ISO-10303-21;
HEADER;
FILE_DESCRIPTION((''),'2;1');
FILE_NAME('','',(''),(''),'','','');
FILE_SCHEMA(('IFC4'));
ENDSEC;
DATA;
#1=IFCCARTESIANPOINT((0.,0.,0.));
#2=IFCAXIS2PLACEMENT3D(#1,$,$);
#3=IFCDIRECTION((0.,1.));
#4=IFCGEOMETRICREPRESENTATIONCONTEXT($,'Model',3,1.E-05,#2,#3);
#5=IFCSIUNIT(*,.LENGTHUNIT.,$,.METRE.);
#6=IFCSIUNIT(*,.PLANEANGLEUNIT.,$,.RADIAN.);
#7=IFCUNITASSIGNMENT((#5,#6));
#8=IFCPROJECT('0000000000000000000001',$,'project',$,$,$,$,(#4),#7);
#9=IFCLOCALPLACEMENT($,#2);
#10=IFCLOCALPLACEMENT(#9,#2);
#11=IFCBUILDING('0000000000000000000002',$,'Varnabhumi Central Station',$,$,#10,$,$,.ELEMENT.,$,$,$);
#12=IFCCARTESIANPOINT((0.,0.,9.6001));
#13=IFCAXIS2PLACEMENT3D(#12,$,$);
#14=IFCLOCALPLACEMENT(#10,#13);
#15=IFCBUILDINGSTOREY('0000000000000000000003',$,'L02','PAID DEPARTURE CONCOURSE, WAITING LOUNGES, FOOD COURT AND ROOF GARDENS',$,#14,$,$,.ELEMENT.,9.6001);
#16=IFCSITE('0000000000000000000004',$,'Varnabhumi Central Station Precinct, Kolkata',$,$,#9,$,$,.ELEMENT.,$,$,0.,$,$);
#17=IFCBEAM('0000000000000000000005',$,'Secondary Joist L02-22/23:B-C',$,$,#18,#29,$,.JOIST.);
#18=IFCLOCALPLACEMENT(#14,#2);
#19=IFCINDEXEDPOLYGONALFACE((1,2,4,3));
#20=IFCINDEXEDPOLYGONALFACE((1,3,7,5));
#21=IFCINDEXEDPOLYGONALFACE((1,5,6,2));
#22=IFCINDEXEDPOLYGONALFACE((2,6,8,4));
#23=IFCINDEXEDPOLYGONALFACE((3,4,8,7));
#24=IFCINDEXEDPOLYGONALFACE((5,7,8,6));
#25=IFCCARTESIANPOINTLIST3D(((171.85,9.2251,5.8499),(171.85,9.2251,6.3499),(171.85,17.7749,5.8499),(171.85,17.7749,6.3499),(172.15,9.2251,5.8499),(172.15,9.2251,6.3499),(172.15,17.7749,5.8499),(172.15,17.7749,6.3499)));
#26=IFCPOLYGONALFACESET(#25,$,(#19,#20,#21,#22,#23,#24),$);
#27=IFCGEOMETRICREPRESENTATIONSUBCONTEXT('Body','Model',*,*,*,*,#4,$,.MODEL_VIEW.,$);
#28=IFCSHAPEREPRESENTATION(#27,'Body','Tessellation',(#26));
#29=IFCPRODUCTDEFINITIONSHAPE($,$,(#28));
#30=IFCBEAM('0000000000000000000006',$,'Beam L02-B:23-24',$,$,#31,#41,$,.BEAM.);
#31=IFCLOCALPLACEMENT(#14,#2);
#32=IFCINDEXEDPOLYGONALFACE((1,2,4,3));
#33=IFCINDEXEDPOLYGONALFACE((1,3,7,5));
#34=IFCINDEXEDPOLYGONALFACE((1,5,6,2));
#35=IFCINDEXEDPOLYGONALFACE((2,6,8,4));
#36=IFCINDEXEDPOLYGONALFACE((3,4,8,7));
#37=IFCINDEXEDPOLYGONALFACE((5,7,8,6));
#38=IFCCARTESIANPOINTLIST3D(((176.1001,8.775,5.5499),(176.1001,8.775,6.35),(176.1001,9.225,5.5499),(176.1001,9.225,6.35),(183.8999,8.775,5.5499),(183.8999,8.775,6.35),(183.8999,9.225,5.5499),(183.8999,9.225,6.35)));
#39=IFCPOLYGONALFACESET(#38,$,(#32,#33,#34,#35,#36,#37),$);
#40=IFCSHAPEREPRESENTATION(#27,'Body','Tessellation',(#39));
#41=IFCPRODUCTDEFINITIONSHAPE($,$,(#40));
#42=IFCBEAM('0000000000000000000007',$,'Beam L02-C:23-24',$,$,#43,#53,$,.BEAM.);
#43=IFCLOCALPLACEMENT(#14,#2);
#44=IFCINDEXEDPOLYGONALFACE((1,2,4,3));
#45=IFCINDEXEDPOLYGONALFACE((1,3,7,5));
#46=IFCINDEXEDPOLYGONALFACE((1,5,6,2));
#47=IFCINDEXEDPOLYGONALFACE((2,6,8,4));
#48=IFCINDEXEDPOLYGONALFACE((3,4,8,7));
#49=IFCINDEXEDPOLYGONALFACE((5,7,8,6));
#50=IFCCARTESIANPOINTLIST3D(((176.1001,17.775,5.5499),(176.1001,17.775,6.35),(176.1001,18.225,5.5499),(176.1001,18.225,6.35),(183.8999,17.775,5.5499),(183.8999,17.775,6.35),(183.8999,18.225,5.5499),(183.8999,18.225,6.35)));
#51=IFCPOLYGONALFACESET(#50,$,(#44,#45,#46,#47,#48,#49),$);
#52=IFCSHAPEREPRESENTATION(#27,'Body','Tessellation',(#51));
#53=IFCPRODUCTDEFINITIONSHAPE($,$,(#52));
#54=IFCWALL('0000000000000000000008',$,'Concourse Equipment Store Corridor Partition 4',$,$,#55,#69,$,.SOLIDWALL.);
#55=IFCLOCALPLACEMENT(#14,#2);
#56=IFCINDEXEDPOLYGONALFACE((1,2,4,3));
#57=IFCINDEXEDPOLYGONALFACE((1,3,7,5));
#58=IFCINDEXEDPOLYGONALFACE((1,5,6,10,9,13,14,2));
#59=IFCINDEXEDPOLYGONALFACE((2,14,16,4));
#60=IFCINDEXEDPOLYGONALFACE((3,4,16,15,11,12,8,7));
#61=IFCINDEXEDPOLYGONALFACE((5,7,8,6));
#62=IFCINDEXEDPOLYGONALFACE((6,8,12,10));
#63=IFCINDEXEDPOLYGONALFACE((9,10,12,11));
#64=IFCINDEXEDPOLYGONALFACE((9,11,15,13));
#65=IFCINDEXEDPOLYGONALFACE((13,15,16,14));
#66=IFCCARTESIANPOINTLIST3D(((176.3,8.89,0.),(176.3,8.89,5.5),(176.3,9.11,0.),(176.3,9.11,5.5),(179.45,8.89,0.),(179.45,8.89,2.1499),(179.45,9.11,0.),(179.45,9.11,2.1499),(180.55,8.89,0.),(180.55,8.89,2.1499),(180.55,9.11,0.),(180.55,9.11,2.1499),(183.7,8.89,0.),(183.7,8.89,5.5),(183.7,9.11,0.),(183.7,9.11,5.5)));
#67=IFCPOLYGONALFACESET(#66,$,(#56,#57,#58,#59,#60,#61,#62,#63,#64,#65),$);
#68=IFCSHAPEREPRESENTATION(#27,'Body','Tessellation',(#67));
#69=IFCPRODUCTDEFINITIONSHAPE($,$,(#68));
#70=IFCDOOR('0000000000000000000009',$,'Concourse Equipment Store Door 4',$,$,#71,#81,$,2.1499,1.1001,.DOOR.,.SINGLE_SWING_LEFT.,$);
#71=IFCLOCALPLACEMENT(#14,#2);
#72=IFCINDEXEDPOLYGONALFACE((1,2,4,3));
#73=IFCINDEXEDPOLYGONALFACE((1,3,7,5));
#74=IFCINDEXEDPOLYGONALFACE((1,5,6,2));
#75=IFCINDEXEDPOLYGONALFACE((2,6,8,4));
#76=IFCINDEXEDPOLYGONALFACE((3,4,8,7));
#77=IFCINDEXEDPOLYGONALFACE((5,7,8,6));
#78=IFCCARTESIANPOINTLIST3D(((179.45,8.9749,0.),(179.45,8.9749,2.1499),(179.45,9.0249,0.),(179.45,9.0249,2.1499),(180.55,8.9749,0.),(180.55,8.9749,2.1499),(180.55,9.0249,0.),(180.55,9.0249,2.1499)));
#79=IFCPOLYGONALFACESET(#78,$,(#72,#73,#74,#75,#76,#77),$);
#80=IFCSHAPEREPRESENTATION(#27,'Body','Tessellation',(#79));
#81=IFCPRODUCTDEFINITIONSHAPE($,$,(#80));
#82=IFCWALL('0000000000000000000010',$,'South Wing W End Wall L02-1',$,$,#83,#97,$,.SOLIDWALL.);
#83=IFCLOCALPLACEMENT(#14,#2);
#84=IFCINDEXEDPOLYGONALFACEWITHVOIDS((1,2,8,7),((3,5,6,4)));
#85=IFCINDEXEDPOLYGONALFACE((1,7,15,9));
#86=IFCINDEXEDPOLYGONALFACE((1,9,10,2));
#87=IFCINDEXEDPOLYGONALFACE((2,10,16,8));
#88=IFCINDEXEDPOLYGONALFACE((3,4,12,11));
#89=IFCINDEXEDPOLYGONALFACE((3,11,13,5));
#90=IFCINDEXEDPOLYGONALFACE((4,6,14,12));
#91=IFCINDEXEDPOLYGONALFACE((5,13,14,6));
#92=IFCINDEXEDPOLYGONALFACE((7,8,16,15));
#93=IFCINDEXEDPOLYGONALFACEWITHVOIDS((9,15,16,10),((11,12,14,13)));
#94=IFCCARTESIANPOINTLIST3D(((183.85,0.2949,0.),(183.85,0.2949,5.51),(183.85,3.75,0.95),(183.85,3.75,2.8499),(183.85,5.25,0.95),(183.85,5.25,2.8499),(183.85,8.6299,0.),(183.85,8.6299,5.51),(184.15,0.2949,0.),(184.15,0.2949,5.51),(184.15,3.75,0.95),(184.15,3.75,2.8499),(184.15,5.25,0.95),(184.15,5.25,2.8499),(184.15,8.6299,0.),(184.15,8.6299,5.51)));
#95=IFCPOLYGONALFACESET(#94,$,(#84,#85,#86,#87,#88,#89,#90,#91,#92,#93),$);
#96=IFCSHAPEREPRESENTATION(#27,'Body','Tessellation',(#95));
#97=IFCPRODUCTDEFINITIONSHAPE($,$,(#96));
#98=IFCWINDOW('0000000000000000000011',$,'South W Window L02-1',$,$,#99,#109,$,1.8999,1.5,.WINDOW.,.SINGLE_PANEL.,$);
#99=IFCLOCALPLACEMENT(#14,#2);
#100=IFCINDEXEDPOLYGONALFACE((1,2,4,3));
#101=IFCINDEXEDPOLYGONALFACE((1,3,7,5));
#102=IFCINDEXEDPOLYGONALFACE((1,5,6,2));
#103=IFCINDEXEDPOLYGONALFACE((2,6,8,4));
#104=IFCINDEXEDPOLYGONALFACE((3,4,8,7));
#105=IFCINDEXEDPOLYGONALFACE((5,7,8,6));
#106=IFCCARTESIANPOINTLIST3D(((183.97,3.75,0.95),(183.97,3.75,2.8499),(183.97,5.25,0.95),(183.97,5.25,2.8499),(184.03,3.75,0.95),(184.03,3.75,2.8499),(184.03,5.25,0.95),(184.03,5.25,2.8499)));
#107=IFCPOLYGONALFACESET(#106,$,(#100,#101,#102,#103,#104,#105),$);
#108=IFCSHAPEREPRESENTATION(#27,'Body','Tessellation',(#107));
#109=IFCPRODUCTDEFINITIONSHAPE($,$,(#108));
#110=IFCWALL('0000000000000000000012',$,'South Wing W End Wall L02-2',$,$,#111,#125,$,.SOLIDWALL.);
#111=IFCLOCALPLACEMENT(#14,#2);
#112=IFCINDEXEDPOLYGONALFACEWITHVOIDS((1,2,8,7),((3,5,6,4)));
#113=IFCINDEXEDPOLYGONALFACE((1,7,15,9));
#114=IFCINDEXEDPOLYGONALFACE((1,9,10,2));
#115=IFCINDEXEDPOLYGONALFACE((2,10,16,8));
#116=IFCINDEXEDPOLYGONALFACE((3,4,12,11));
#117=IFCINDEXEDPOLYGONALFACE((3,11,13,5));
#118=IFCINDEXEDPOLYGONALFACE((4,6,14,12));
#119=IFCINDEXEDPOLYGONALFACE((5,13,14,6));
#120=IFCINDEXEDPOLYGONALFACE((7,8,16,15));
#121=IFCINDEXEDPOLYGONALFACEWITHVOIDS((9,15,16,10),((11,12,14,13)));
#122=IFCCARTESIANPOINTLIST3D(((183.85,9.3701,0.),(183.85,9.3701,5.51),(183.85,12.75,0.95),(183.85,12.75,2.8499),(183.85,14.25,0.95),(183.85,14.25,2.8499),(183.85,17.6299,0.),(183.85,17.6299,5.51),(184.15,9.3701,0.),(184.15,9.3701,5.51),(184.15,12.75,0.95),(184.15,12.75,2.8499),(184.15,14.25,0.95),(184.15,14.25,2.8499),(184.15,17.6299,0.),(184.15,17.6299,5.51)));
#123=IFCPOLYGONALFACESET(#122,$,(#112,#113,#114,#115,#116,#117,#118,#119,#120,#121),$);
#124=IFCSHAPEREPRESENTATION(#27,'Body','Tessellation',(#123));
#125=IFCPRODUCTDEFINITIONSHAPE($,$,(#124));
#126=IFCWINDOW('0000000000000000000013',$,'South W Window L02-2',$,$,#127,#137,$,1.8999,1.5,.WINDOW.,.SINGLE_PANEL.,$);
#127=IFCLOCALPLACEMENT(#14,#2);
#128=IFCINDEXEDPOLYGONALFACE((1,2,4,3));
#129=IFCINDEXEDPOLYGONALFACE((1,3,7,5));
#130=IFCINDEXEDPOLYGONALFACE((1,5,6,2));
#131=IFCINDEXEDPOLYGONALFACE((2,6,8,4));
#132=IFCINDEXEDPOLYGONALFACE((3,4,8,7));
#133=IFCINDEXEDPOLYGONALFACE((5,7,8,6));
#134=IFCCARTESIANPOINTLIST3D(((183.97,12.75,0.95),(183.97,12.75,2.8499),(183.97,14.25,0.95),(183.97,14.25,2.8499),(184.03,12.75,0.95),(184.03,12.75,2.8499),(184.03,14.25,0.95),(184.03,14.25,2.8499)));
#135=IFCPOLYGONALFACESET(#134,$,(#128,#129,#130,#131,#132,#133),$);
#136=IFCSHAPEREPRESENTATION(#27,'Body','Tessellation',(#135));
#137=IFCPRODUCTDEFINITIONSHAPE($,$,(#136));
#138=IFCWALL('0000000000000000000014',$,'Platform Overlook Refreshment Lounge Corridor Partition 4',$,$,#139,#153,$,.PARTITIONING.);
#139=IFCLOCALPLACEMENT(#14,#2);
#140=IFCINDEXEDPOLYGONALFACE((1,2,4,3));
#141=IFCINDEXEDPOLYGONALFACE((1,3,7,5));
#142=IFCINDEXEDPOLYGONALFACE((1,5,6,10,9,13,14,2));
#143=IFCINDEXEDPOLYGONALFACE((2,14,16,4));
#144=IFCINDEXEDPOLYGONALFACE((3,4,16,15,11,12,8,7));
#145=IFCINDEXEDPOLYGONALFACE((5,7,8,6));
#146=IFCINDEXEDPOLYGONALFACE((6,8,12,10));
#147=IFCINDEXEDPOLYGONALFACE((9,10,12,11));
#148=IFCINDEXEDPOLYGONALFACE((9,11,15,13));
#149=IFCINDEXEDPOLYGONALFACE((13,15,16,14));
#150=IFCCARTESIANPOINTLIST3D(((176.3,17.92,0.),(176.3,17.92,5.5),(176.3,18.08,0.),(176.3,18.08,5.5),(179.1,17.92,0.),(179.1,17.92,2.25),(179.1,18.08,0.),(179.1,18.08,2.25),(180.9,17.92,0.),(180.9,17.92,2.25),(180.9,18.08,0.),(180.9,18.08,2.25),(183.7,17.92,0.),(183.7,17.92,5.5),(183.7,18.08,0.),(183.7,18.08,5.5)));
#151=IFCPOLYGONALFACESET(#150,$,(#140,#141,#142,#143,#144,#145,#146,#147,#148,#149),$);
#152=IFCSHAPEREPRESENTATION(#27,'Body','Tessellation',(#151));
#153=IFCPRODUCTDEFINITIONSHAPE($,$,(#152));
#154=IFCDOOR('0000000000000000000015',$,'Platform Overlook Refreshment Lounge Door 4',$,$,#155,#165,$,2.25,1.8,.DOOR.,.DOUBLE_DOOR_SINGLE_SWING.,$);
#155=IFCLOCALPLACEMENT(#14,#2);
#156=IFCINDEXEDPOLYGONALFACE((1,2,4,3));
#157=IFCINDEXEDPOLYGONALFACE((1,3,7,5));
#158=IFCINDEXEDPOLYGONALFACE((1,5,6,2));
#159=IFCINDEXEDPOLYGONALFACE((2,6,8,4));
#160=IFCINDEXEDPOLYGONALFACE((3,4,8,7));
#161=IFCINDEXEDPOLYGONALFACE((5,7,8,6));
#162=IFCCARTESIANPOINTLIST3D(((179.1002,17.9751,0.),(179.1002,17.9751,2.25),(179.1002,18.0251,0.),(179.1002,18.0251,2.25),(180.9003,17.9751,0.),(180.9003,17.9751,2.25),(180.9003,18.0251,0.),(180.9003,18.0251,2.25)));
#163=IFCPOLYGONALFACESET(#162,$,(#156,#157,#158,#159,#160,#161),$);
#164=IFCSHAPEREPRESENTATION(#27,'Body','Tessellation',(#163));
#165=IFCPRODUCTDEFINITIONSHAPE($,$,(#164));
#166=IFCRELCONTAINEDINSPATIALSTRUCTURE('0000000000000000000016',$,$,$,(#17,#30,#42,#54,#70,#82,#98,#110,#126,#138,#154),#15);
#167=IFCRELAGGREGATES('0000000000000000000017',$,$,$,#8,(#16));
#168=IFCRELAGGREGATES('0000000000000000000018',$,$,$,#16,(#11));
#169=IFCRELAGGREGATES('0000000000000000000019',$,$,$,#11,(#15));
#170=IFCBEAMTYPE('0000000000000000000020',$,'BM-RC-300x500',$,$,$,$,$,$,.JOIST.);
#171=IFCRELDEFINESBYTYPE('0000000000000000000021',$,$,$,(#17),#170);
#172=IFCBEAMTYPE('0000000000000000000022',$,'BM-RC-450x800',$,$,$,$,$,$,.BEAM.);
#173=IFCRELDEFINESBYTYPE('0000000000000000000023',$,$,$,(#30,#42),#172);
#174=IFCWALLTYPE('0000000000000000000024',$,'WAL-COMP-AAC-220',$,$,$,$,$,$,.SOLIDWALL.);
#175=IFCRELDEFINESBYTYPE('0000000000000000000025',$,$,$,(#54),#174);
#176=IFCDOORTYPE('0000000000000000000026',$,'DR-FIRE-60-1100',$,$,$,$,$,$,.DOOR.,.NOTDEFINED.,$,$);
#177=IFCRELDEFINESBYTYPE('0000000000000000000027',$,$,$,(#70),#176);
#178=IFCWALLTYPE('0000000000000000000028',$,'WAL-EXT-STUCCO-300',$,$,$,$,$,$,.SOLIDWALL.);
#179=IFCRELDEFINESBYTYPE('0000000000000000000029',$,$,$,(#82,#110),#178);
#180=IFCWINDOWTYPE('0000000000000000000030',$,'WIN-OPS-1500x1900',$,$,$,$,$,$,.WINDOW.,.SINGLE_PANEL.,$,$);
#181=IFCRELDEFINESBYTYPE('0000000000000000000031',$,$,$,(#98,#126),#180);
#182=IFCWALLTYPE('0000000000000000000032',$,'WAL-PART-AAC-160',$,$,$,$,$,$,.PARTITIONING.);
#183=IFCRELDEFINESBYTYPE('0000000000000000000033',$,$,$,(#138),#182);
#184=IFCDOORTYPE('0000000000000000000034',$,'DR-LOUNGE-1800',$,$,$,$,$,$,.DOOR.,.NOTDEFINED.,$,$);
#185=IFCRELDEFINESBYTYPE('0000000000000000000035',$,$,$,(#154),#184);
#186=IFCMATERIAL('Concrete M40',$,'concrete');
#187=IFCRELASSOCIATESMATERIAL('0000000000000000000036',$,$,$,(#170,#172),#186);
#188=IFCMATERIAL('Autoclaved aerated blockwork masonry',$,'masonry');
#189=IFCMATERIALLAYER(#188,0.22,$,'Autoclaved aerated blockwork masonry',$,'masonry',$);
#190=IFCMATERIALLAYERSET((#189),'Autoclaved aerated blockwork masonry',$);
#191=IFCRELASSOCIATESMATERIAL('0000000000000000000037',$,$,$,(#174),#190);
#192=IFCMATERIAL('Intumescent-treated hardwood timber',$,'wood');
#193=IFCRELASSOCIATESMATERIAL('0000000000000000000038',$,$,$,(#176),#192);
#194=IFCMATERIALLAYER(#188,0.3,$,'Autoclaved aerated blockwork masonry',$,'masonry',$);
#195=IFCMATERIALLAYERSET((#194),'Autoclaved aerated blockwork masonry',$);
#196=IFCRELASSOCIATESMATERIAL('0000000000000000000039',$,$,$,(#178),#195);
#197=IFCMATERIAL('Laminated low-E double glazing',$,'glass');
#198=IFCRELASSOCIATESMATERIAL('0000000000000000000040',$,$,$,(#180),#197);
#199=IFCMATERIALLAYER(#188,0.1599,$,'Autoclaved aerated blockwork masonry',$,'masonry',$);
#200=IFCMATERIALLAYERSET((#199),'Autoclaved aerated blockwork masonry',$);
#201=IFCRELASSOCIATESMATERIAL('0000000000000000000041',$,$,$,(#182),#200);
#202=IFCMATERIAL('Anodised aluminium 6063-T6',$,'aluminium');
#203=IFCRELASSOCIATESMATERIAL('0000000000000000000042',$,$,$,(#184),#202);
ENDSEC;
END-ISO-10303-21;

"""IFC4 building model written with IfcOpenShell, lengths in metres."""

from ifc_helpers import new_model, si_unit, direction, frame, frame_2d, origin, origin_2d, place, context, subcontext, project, spatial, rectangle, extrude, material, layer, layer_set, material_profile, profile_set, type_object, element, fill, save


model = new_model("IFC4")

# Units and contexts
model_context = context("Model", 3, precision=1e-05, world=origin(), true_north=direction((0.0, 1.0)))
body_context = subcontext(model_context, "Body", "Model", "MODEL_VIEW")
ifc_project = project(units=[si_unit("LENGTHUNIT", "METRE"), si_unit("PLANEANGLEUNIT", "RADIAN")], contexts=[model_context])

# Site, building, storey
site_placement = place(None, origin())
site = spatial("IfcSite", under=ifc_project, at=site_placement, Name="Varnabhumi Central Station Precinct, Kolkata", CompositionType="ELEMENT", RefElevation=0.0)
building_placement = place(site_placement, origin())
building = spatial("IfcBuilding", under=site, at=building_placement, Name="Varnabhumi Central Station", CompositionType="ELEMENT")
storey_placement = place(building_placement, frame((0.0, 0.0, 9.6001)))
storey = spatial("IfcBuildingStorey", under=building, at=storey_placement, Name="L02", Description="PAID DEPARTURE CONCOURSE, WAITING LOUNGES, FOOD COURT AND ROOF GARDENS", CompositionType="ELEMENT", Elevation=9.6001)

# Shared definitions
ifc_material_1 = material(Name="Concrete M40", Category="concrete")

# Beams
ifc_material_profile_1 = material_profile(ifc_material_1, rectangle(XDim=0.3, YDim=0.5, at=origin_2d()), Name="Concrete M40", Category="concrete")
ifc_profile_set_1 = profile_set([ifc_material_profile_1], Name="Concrete M40")
beam_type_1 = type_object("IfcBeamType", Name="BM-RC-300x500", PredefinedType="JOIST", material=ifc_profile_set_1)
beam_1_placement = place(storey_placement, frame((172.0, 9.2251, 6.0999), z_axis=(0.0, 1.0, 0.0), x_axis=(-1.0, 0.0, 0.0)))
element("IfcBeam", 1, at=beam_1_placement, inside=storey, type_object=beam_type_1, Name="Secondary Joist L02-22/23:B-C", PredefinedType="JOIST", context=body_context, shape_type="SweptSolid", body=[
    extrude(rectangle(XDim=0.3, YDim=0.5, at=origin_2d()), origin(), (0.0, 0.0, 1.0), 8.5498),
])
ifc_material_profile_2 = material_profile(ifc_material_1, rectangle(XDim=0.45, YDim=0.8, at=origin_2d()), Name="Concrete M40", Category="concrete")
ifc_profile_set_2 = profile_set([ifc_material_profile_2], Name="Concrete M40")
beam_type_2 = type_object("IfcBeamType", Name="BM-RC-450x800", PredefinedType="BEAM", material=ifc_profile_set_2)
for number, where, z_axis, x_axis, name in (
    (2, (176.1001, 9.0, 5.95), (1.0, 0.0, 0.0), (0.0, 1.0, 0.0), "Beam L02-B:23-24"),
    (3, (176.1001, 18.0, 5.95), (1.0, 0.0, 0.0), (0.0, 1.0, 0.0), "Beam L02-C:23-24"),
):
    element("IfcBeam", number, at=place(storey_placement, frame(where, z_axis=z_axis, x_axis=x_axis)), inside=storey, type_object=beam_type_2, Name=name, PredefinedType="BEAM", context=body_context, shape_type="SweptSolid", body=[
        extrude(rectangle(XDim=0.45, YDim=0.8, at=origin_2d()), origin(), (0.0, 0.0, 1.0), 7.7998),
    ])

# Wall, opening, door
ifc_material_2 = material(Name="Autoclaved aerated blockwork masonry", Category="masonry")
ifc_layer_1 = layer(ifc_material_2, 0.22, Name="Autoclaved aerated blockwork masonry", Category="masonry")
ifc_layer_set_1 = layer_set([ifc_layer_1], Name="Autoclaved aerated blockwork masonry")
wall_type_1 = type_object("IfcWallType", Name="WAL-COMP-AAC-220", PredefinedType="SOLIDWALL", material=ifc_layer_set_1)
wall_1_placement = place(storey_placement, frame((176.3, 9.0, 0.0), z_axis=(0.0, 0.0, 1.0), x_axis=(1.0, 0.0, 0.0)))
wall_1 = element("IfcWall", 4, at=wall_1_placement, inside=storey, type_object=wall_type_1, Name="Concourse Equipment Store Corridor Partition 4", PredefinedType="SOLIDWALL", context=body_context, shape_type="SweptSolid", body=[
    extrude(rectangle(XDim=7.3999, YDim=0.22, at=frame_2d((3.7, 0.0))), origin(), (0.0, 0.0, 1.0), 5.5),
])
opening_1_placement = place(wall_1_placement, frame((3.1499, 0.0, 0.0)))
opening_1 = element("IfcOpeningElement", 5, at=opening_1_placement, cuts=wall_1, PredefinedType="OPENING", context=body_context, shape_type="SweptSolid", body=[
    extrude(rectangle(XDim=1.1001, YDim=2.1499, at=frame_2d((0.55, 1.075))), frame((0.0, 0.1199, 0.0), z_axis=(0.0, -1.0, 0.0), x_axis=(1.0, 0.0, 0.0)), (0.0, 0.0, 1.0), 0.24),
])
ifc_material_3 = material(Name="Intumescent-treated hardwood timber", Category="wood")
door_type_1 = type_object("IfcDoorType", Name="DR-FIRE-60-1100", OperationType="NOTDEFINED", PredefinedType="DOOR", material=ifc_material_3)
door_1_placement = place(opening_1_placement, origin())
door_1 = element("IfcDoor", 6, at=door_1_placement, inside=storey, type_object=door_type_1, Name="Concourse Equipment Store Door 4", OperationType="SINGLE_SWING_LEFT", OverallHeight=2.1499, OverallWidth=1.1001, PredefinedType="DOOR", context=body_context, shape_type="SweptSolid", body=[
    extrude(rectangle(XDim=1.1001, YDim=2.1499, at=frame_2d((0.55, 1.075))), frame((0.0, 0.0249, 0.0), z_axis=(0.0, -1.0, 0.0), x_axis=(1.0, 0.0, 0.0)), (0.0, 0.0, 1.0), 0.05),
])
fill(opening_1, door_1)

# Walls, openings, windows
ifc_layer_2 = layer(ifc_material_2, 0.3, Name="Autoclaved aerated blockwork masonry", Category="masonry")
ifc_layer_set_2 = layer_set([ifc_layer_2], Name="Autoclaved aerated blockwork masonry")
wall_type_2 = type_object("IfcWallType", Name="WAL-EXT-STUCCO-300", PredefinedType="SOLIDWALL", material=ifc_layer_set_2)
wall_2_placement = place(storey_placement, frame((184.0, 0.2949, 0.0), z_axis=(0.0, 0.0, 1.0), x_axis=(0.0, 1.0, 0.0)))
wall_2 = element("IfcWall", 7, at=wall_2_placement, inside=storey, type_object=wall_type_2, Name="South Wing W End Wall L02-1", PredefinedType="SOLIDWALL", context=body_context, shape_type="SweptSolid", body=[
    extrude(rectangle(XDim=8.335, YDim=0.3, at=frame_2d((4.1675, 0.0))), origin(), (0.0, 0.0, 1.0), 5.51),
])
opening_2_placement = place(wall_2_placement, frame((3.4551, 0.0, 0.95)))
opening_2 = element("IfcOpeningElement", 8, at=opening_2_placement, cuts=wall_2, PredefinedType="OPENING", context=body_context, shape_type="SweptSolid", body=[
    extrude(rectangle(XDim=1.5, YDim=1.8999, at=frame_2d((0.75, 0.95))), frame((0.0, 0.1599, 0.0), z_axis=(0.0, -1.0, 0.0), x_axis=(1.0, 0.0, 0.0)), (0.0, 0.0, 1.0), 0.3201),
])
ifc_material_4 = material(Name="Laminated low-E double glazing", Category="glass")
window_type = type_object("IfcWindowType", Name="WIN-OPS-1500x1900", PartitioningType="SINGLE_PANEL", PredefinedType="WINDOW", material=ifc_material_4)
window_1_placement = place(opening_2_placement, origin())
window_1 = element("IfcWindow", 9, at=window_1_placement, inside=storey, type_object=window_type, Name="South W Window L02-1", OverallHeight=1.8999, OverallWidth=1.5, PartitioningType="SINGLE_PANEL", PredefinedType="WINDOW", context=body_context, shape_type="SweptSolid", body=[
    extrude(rectangle(XDim=1.5, YDim=1.8999, at=frame_2d((0.75, 0.95))), frame((0.0, 0.03, 0.0), z_axis=(0.0, -1.0, 0.0), x_axis=(1.0, 0.0, 0.0)), (0.0, 0.0, 1.0), 0.0601),
])
fill(opening_2, window_1)
wall_3_placement = place(storey_placement, frame((184.0, 9.3701, 0.0), z_axis=(0.0, 0.0, 1.0), x_axis=(0.0, 1.0, 0.0)))
wall_3 = element("IfcWall", 10, at=wall_3_placement, inside=storey, type_object=wall_type_2, Name="South Wing W End Wall L02-2", PredefinedType="SOLIDWALL", context=body_context, shape_type="SweptSolid", body=[
    extrude(rectangle(XDim=8.2598, YDim=0.3, at=frame_2d((4.1299, 0.0))), origin(), (0.0, 0.0, 1.0), 5.51),
])
opening_3_placement = place(wall_3_placement, frame((3.3799, 0.0, 0.95)))
opening_3 = element("IfcOpeningElement", 11, at=opening_3_placement, cuts=wall_3, PredefinedType="OPENING", context=body_context, shape_type="SweptSolid", body=[
    extrude(rectangle(XDim=1.5, YDim=1.8999, at=frame_2d((0.75, 0.95))), frame((0.0, 0.1599, 0.0), z_axis=(0.0, -1.0, 0.0), x_axis=(1.0, 0.0, 0.0)), (0.0, 0.0, 1.0), 0.3201),
])
window_2_placement = place(opening_3_placement, origin())
window_2 = element("IfcWindow", 12, at=window_2_placement, inside=storey, type_object=window_type, Name="South W Window L02-2", OverallHeight=1.8999, OverallWidth=1.5, PartitioningType="SINGLE_PANEL", PredefinedType="WINDOW", context=body_context, shape_type="SweptSolid", body=[
    extrude(rectangle(XDim=1.5, YDim=1.8999, at=frame_2d((0.75, 0.95))), frame((0.0, 0.03, 0.0), z_axis=(0.0, -1.0, 0.0), x_axis=(1.0, 0.0, 0.0)), (0.0, 0.0, 1.0), 0.0601),
])
fill(opening_3, window_2)

# Wall, opening, door
ifc_layer_3 = layer(ifc_material_2, 0.1599, Name="Autoclaved aerated blockwork masonry", Category="masonry")
ifc_layer_set_3 = layer_set([ifc_layer_3], Name="Autoclaved aerated blockwork masonry")
wall_type_3 = type_object("IfcWallType", Name="WAL-PART-AAC-160", PredefinedType="PARTITIONING", material=ifc_layer_set_3)
wall_4_placement = place(storey_placement, frame((176.3, 18.0, 0.0), z_axis=(0.0, 0.0, 1.0), x_axis=(1.0, 0.0, 0.0)))
wall_4 = element("IfcWall", 13, at=wall_4_placement, inside=storey, type_object=wall_type_3, Name="Platform Overlook Refreshment Lounge Corridor Partition 4", PredefinedType="PARTITIONING", context=body_context, shape_type="SweptSolid", body=[
    extrude(rectangle(XDim=7.3999, YDim=0.1599, at=frame_2d((3.7, 0.0))), origin(), (0.0, 0.0, 1.0), 5.5),
])
opening_4_placement = place(wall_4_placement, frame((2.8, 0.0, 0.0)))
opening_4 = element("IfcOpeningElement", 14, at=opening_4_placement, cuts=wall_4, PredefinedType="OPENING", context=body_context, shape_type="SweptSolid", body=[
    extrude(rectangle(XDim=1.8, YDim=2.25, at=frame_2d((0.8999, 1.125))), frame((0.0, 0.0898, 0.0), z_axis=(0.0, -1.0, 0.0), x_axis=(1.0, 0.0, 0.0)), (0.0, 0.0, 1.0), 0.1799),
])
ifc_material_5 = material(Name="Anodised aluminium 6063-T6", Category="aluminium")
door_type_2 = type_object("IfcDoorType", Name="DR-LOUNGE-1800", OperationType="NOTDEFINED", PredefinedType="DOOR", material=ifc_material_5)
door_2_placement = place(opening_4_placement, frame((1.8, 0.0, 0.0), z_axis=(0.0, 0.0, 1.0), x_axis=(-1.0, 0.0, 0.0)))
door_2 = element("IfcDoor", 15, at=door_2_placement, inside=storey, type_object=door_type_2, Name="Platform Overlook Refreshment Lounge Door 4", OperationType="DOUBLE_DOOR_SINGLE_SWING", OverallHeight=2.25, OverallWidth=1.8, PredefinedType="DOOR", context=body_context, shape_type="SweptSolid", body=[
    extrude(rectangle(XDim=1.8, YDim=2.25, at=frame_2d((0.8999, 1.125))), frame((0.0, 0.0249, 0.0), z_axis=(0.0, -1.0, 0.0), x_axis=(1.0, 0.0, 0.0)), (0.0, 0.0, 1.0), 0.05),
])
fill(opening_4, door_2)

save(model, "model.ifc")
